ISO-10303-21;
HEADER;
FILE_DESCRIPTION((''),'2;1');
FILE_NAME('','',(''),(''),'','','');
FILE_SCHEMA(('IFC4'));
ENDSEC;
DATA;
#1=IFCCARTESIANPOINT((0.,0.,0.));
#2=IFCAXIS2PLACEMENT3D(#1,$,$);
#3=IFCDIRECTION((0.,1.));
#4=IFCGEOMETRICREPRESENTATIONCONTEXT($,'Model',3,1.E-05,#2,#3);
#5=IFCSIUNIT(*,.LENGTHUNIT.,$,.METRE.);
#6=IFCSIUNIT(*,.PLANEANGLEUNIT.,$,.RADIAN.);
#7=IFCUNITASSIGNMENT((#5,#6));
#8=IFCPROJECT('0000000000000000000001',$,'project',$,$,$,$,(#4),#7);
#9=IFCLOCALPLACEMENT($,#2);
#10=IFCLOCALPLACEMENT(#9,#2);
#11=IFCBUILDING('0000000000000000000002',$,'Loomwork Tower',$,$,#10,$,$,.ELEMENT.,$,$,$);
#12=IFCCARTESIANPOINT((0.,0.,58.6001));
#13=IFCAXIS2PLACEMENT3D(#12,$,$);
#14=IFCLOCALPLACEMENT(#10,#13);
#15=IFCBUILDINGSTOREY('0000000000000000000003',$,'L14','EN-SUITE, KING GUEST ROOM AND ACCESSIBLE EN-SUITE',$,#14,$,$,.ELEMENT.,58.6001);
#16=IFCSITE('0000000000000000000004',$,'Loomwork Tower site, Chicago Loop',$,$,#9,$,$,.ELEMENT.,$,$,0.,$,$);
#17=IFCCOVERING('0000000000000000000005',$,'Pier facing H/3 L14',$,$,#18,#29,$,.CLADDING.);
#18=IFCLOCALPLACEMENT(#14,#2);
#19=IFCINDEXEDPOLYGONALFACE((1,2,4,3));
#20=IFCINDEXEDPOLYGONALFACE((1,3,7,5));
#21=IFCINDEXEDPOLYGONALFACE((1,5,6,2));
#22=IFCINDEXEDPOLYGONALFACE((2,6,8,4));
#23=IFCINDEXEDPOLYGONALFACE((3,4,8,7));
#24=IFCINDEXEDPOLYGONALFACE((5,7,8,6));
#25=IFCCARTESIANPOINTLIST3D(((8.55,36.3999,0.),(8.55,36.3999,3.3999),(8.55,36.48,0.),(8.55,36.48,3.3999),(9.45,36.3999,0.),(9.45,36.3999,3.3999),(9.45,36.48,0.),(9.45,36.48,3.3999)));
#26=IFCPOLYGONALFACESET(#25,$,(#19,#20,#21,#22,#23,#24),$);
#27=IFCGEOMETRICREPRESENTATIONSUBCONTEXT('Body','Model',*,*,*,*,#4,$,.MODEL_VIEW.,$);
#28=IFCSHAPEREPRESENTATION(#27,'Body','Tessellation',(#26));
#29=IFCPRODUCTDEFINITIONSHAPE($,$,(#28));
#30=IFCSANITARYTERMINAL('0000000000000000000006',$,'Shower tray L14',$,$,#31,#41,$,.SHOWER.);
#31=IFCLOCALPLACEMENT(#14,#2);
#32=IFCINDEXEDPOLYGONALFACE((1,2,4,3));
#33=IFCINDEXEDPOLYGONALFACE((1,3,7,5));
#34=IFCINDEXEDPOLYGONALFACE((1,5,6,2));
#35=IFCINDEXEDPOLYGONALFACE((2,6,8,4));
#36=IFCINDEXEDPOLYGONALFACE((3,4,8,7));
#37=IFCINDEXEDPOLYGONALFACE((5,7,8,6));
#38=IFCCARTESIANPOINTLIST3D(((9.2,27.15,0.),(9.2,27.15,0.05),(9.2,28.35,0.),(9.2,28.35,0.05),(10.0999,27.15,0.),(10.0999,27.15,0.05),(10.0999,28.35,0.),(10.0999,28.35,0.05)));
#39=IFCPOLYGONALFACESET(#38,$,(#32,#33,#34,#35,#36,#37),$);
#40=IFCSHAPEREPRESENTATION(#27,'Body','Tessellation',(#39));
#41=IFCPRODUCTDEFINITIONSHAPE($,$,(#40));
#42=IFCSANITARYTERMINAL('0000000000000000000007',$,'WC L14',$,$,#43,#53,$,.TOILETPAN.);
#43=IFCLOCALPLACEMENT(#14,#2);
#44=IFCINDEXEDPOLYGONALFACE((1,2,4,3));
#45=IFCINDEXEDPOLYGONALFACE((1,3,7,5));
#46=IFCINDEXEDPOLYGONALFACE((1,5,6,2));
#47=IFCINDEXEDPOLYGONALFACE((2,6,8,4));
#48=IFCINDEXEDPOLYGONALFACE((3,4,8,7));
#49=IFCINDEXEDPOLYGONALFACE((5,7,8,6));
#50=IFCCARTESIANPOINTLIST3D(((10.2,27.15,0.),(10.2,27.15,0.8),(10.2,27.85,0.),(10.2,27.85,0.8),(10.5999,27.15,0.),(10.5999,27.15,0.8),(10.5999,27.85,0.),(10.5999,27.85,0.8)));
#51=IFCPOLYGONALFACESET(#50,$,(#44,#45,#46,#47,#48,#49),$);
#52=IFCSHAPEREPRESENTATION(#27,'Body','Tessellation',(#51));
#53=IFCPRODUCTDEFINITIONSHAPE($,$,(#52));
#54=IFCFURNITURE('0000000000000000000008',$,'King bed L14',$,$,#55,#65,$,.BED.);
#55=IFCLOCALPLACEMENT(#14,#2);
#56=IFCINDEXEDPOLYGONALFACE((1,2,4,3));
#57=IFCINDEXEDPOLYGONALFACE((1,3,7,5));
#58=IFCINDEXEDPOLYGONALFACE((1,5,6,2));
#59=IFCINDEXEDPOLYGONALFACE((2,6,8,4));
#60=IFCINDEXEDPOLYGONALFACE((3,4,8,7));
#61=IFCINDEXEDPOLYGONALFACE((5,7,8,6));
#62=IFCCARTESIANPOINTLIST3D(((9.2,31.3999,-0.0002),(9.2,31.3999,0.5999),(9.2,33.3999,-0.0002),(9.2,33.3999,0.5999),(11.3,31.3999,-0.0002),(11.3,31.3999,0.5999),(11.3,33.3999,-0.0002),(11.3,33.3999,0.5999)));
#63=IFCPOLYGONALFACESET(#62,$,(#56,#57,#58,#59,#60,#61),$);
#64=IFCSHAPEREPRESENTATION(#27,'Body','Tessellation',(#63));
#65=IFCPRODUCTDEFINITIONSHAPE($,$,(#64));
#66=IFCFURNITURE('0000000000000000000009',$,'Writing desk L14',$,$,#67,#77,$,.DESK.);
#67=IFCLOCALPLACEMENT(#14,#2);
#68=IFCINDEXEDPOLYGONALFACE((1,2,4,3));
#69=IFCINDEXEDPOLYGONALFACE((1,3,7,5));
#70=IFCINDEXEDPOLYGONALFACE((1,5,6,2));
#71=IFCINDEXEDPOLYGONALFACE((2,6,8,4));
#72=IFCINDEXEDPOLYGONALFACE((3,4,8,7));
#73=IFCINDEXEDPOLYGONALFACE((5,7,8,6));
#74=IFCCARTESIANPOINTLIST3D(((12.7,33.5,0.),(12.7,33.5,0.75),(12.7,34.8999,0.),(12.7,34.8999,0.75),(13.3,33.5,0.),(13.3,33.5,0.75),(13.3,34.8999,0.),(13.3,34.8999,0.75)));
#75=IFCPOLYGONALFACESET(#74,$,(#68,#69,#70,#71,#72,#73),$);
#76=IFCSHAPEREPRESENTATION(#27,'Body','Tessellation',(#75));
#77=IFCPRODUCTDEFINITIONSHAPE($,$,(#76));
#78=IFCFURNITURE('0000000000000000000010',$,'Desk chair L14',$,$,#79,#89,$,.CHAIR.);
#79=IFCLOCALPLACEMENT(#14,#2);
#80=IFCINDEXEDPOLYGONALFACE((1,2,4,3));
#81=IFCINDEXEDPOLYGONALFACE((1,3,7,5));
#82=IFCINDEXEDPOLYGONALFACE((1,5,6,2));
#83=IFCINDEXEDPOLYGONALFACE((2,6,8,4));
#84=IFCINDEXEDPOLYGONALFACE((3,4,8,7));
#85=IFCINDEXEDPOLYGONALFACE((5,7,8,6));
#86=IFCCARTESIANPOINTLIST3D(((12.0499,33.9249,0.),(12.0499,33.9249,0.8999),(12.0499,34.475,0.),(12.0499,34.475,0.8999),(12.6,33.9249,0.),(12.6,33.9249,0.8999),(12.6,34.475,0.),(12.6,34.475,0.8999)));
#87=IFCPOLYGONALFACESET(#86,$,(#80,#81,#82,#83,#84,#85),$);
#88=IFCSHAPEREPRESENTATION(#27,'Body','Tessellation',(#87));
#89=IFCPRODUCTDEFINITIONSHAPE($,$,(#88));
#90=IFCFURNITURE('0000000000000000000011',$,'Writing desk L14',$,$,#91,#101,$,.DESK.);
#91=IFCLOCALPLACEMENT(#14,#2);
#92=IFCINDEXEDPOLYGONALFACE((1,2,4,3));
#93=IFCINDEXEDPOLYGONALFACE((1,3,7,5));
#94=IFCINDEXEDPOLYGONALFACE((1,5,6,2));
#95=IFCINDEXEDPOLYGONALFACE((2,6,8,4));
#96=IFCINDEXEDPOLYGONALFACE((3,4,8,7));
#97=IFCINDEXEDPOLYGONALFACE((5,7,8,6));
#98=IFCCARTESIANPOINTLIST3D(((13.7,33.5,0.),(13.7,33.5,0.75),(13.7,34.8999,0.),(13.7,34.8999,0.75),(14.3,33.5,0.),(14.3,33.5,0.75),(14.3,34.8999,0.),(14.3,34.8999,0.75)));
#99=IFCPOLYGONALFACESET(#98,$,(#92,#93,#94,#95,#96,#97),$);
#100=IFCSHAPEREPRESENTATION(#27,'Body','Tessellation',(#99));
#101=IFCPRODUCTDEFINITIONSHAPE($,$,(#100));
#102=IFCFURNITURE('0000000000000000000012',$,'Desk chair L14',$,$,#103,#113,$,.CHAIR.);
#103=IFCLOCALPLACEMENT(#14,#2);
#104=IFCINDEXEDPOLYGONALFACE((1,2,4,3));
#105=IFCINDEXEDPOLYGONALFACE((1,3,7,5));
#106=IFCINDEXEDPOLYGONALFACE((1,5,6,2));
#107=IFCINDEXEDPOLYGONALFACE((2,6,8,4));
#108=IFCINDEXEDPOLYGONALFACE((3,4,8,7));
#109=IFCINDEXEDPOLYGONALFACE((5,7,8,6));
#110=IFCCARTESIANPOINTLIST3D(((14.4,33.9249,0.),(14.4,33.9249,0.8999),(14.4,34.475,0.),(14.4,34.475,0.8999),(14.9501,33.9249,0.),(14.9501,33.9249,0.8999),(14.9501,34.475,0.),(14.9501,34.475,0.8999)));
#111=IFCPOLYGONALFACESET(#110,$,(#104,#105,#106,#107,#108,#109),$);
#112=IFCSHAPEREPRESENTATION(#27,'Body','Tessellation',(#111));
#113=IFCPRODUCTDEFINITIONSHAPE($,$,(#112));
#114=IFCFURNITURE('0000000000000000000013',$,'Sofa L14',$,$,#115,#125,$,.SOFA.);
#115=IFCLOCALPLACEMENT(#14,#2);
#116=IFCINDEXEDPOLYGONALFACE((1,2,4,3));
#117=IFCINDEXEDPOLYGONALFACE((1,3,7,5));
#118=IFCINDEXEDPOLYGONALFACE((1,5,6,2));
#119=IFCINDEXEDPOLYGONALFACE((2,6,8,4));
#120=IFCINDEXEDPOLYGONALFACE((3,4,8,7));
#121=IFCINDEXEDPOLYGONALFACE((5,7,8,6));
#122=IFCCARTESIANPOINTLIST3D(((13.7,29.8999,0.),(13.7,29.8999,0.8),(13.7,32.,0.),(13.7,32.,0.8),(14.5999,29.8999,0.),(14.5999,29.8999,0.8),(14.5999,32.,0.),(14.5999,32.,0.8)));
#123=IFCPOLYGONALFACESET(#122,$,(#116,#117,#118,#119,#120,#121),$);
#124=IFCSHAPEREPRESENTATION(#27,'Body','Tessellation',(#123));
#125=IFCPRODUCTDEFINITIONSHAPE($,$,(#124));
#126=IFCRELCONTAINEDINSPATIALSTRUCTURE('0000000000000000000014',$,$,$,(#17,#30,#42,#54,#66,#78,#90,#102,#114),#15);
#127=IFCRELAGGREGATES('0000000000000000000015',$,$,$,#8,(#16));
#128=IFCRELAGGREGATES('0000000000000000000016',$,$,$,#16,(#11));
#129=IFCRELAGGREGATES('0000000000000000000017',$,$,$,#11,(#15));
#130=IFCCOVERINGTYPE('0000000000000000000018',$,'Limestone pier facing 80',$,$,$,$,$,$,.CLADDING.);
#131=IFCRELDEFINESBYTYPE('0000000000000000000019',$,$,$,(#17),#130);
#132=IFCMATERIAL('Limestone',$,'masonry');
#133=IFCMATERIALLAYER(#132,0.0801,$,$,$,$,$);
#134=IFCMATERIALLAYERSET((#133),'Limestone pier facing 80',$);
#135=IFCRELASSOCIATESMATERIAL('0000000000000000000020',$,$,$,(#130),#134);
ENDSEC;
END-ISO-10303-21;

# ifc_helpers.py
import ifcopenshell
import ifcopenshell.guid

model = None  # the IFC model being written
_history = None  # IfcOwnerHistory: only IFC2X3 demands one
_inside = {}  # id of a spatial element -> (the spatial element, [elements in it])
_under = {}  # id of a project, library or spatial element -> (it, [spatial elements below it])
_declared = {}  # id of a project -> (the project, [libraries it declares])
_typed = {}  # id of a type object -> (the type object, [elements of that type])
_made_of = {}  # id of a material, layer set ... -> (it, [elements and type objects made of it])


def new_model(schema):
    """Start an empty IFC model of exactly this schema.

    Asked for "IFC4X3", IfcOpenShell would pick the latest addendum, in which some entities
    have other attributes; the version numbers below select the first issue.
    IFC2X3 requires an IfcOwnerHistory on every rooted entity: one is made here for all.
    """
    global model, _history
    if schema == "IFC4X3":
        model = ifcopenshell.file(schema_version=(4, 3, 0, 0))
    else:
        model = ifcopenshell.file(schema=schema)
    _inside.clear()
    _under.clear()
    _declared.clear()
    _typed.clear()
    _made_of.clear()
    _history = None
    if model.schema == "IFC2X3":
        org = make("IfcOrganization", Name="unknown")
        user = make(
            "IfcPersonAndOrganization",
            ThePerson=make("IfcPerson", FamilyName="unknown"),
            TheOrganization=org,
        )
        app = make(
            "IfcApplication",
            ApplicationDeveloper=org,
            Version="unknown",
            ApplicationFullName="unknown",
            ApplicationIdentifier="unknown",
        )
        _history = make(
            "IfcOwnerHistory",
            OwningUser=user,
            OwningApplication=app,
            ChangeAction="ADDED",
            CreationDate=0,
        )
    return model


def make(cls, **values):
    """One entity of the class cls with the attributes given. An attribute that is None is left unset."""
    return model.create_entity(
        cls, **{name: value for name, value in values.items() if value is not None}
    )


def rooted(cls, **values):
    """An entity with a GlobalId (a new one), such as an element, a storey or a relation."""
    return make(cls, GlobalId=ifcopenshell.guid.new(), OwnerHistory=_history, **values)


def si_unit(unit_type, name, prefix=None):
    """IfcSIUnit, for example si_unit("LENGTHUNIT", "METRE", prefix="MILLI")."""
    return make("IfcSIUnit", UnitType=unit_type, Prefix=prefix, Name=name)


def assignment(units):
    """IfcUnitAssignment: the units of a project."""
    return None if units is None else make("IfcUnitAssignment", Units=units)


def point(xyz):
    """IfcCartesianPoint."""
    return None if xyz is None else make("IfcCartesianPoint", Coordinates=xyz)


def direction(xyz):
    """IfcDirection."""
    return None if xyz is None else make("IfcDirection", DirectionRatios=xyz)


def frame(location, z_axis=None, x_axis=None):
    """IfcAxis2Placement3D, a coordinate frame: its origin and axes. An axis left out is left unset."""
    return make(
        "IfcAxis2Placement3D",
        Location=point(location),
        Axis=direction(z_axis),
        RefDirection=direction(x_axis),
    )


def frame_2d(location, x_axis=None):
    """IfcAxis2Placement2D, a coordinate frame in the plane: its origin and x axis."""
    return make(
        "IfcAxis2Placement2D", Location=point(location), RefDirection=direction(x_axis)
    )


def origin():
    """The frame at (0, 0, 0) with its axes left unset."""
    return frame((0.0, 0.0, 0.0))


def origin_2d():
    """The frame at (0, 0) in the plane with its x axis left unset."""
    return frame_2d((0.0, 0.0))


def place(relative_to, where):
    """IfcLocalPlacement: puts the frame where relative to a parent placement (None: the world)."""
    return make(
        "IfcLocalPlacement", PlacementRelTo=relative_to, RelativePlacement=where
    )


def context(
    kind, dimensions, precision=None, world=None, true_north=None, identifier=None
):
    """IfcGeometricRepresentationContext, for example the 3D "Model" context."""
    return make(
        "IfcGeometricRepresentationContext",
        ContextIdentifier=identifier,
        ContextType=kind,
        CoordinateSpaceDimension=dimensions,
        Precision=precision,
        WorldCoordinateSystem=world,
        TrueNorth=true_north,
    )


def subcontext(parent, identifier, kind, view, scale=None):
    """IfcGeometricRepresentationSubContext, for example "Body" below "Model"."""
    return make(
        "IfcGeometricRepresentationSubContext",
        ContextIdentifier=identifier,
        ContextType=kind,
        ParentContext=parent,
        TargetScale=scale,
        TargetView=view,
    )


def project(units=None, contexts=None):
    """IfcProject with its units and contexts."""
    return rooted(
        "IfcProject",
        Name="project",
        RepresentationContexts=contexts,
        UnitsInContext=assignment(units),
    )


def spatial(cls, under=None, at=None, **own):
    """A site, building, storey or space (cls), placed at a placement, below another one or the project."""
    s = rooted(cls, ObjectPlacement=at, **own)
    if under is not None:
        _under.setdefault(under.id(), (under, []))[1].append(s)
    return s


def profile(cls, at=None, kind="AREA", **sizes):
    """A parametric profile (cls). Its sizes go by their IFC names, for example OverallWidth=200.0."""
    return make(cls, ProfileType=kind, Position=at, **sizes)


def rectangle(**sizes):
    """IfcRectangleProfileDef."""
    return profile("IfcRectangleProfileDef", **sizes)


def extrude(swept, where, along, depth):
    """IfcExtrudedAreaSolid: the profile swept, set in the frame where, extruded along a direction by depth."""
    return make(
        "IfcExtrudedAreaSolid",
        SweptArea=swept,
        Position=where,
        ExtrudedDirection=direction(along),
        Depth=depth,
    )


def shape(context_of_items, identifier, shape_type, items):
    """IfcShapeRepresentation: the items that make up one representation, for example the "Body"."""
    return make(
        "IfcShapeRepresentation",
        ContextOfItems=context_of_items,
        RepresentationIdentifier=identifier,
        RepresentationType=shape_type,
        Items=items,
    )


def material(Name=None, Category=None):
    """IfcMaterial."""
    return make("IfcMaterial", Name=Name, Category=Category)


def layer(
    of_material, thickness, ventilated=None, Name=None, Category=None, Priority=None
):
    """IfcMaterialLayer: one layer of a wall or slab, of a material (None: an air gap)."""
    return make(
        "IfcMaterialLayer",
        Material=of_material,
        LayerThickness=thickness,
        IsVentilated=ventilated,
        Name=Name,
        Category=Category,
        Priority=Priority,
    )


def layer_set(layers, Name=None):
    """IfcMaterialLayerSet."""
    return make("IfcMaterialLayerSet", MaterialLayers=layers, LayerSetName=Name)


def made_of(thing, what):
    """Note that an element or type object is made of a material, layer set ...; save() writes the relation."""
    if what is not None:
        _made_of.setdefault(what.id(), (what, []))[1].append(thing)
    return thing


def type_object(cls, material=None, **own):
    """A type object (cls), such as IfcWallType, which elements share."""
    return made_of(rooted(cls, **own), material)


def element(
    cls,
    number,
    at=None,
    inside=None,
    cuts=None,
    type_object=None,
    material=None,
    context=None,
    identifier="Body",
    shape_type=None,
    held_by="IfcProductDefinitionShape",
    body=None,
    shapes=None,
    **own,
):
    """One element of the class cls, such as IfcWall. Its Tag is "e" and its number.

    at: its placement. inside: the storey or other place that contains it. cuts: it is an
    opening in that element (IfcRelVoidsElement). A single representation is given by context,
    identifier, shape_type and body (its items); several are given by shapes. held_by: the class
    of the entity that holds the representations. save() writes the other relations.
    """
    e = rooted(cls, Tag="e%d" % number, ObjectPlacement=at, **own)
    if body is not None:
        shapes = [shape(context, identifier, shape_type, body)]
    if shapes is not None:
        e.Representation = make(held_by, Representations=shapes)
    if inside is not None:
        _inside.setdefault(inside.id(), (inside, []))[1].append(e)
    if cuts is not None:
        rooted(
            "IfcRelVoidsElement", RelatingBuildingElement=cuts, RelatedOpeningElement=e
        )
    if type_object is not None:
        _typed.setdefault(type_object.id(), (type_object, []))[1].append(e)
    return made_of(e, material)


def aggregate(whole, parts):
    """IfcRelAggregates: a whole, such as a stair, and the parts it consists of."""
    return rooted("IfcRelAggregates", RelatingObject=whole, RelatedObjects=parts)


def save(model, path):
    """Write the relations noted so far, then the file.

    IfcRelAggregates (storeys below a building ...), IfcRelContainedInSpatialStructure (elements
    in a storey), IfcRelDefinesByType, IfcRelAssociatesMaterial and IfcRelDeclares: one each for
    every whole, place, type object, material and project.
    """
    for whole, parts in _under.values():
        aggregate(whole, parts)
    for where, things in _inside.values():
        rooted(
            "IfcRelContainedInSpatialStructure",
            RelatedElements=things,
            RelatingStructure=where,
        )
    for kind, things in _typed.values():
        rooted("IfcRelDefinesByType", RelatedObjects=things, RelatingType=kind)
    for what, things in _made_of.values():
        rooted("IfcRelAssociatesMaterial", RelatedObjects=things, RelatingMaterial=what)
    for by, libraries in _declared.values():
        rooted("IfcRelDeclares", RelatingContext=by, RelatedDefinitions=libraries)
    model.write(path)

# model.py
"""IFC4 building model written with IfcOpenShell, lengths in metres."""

from ifc_helpers import new_model, si_unit, direction, frame, origin, origin_2d, place, context, subcontext, project, spatial, rectangle, extrude, material, layer, layer_set, type_object, element, save


model = new_model("IFC4")

# Units and contexts
model_context = context("Model", 3, precision=1e-05, world=origin(), true_north=direction((0.0, 1.0)))
body_context = subcontext(model_context, "Body", "Model", "MODEL_VIEW")
ifc_project = project(units=[si_unit("LENGTHUNIT", "METRE"), si_unit("PLANEANGLEUNIT", "RADIAN")], contexts=[model_context])

# Site, building, storey
site_placement = place(None, origin())
site = spatial("IfcSite", under=ifc_project, at=site_placement, Name="Loomwork Tower site, Chicago Loop", CompositionType="ELEMENT", RefElevation=0.0)
building_placement = place(site_placement, origin())
building = spatial("IfcBuilding", under=site, at=building_placement, Name="Loomwork Tower", CompositionType="ELEMENT")
storey_placement = place(building_placement, frame((0.0, 0.0, 58.6001)))
storey = spatial("IfcBuildingStorey", under=building, at=storey_placement, Name="L14", Description="EN-SUITE, KING GUEST ROOM AND ACCESSIBLE EN-SUITE", CompositionType="ELEMENT", Elevation=58.6001)

# Covering
ifc_material_1 = material(Name="Limestone", Category="masonry")
ifc_layer_1 = layer(ifc_material_1, 0.0801)
ifc_layer_set_1 = layer_set([ifc_layer_1], Name="Limestone pier facing 80")
covering_type = type_object("IfcCoveringType", Name="Limestone pier facing 80", PredefinedType="CLADDING", material=ifc_layer_set_1)
covering_placement = place(storey_placement, frame((9.0, 36.4399, 0.0), z_axis=(0.0, 0.0, 1.0), x_axis=(1.0, 0.0, 0.0)))
element("IfcCovering", 1, at=covering_placement, inside=storey, type_object=covering_type, Name="Pier facing H/3 L14", PredefinedType="CLADDING", context=body_context, shape_type="SweptSolid", body=[
    extrude(rectangle(XDim=0.8999, YDim=0.0801, at=origin_2d()), origin(), (0.0, 0.0, 1.0), 3.3999),
])

# Sanitary terminals
sanitary_terminal_1_placement = place(storey_placement, frame((9.6499, 27.75, 0.0), z_axis=(0.0, 0.0, 1.0), x_axis=(1.0, 0.0, 0.0)))
element("IfcSanitaryTerminal", 2, at=sanitary_terminal_1_placement, inside=storey, Name="Shower tray L14", PredefinedType="SHOWER", context=body_context, shape_type="SweptSolid", body=[
    extrude(rectangle(XDim=0.8999, YDim=1.2, at=origin_2d()), origin(), (0.0, 0.0, 1.0), 0.05),
])
sanitary_terminal_2_placement = place(storey_placement, frame((10.3999, 27.5, 0.0), z_axis=(0.0, 0.0, 1.0), x_axis=(1.0, 0.0, 0.0)))
element("IfcSanitaryTerminal", 3, at=sanitary_terminal_2_placement, inside=storey, Name="WC L14", PredefinedType="TOILETPAN", context=body_context, shape_type="SweptSolid", body=[
    extrude(rectangle(XDim=0.3999, YDim=0.7, at=origin_2d()), origin(), (0.0, 0.0, 1.0), 0.8),
])

# Furniture
furniture_1_placement = place(storey_placement, frame((10.25, 32.3999, -0.0002), z_axis=(0.0, 0.0, 1.0), x_axis=(1.0, 0.0, 0.0)))
element("IfcFurniture", 4, at=furniture_1_placement, inside=storey, Name="King bed L14", PredefinedType="BED", context=body_context, shape_type="SweptSolid", body=[
    extrude(rectangle(XDim=2.1001, YDim=2.0, at=origin_2d()), origin(), (0.0, 0.0, 1.0), 0.6001),
])
furniture_2_placement = place(storey_placement, frame((13.0, 34.2, 0.0), z_axis=(0.0, 0.0, 1.0), x_axis=(1.0, 0.0, 0.0)))
element("IfcFurniture", 5, at=furniture_2_placement, inside=storey, Name="Writing desk L14", PredefinedType="DESK", context=body_context, shape_type="SweptSolid", body=[
    extrude(rectangle(XDim=0.6001, YDim=1.3999, at=origin_2d()), origin(), (0.0, 0.0, 1.0), 0.75),
])
furniture_3_placement = place(storey_placement, frame((12.325, 34.2, 0.0), z_axis=(0.0, 0.0, 1.0), x_axis=(1.0, 0.0, 0.0)))
element("IfcFurniture", 6, at=furniture_3_placement, inside=storey, Name="Desk chair L14", PredefinedType="CHAIR", context=body_context, shape_type="SweptSolid", body=[
    extrude(rectangle(XDim=0.55, YDim=0.55, at=origin_2d()), origin(), (0.0, 0.0, 1.0), 0.8999),
])
furniture_4_placement = place(storey_placement, frame((14.0, 34.2, 0.0), z_axis=(0.0, 0.0, 1.0), x_axis=(1.0, 0.0, 0.0)))
element("IfcFurniture", 7, at=furniture_4_placement, inside=storey, Name="Writing desk L14", PredefinedType="DESK", context=body_context, shape_type="SweptSolid", body=[
    extrude(rectangle(XDim=0.6001, YDim=1.3999, at=origin_2d()), origin(), (0.0, 0.0, 1.0), 0.75),
])
furniture_5_placement = place(storey_placement, frame((14.675, 34.2, 0.0), z_axis=(0.0, 0.0, 1.0), x_axis=(1.0, 0.0, 0.0)))
element("IfcFurniture", 8, at=furniture_5_placement, inside=storey, Name="Desk chair L14", PredefinedType="CHAIR", context=body_context, shape_type="SweptSolid", body=[
    extrude(rectangle(XDim=0.55, YDim=0.55, at=origin_2d()), origin(), (0.0, 0.0, 1.0), 0.8999),
])
furniture_6_placement = place(storey_placement, frame((14.1499, 30.95, 0.0), z_axis=(0.0, 0.0, 1.0), x_axis=(1.0, 0.0, 0.0)))
element("IfcFurniture", 9, at=furniture_6_placement, inside=storey, Name="Sofa L14", PredefinedType="SOFA", context=body_context, shape_type="SweptSolid", body=[
    extrude(rectangle(XDim=0.8999, YDim=2.1001, at=origin_2d()), origin(), (0.0, 0.0, 1.0), 0.8),
])

save(model, "model.ifc")
